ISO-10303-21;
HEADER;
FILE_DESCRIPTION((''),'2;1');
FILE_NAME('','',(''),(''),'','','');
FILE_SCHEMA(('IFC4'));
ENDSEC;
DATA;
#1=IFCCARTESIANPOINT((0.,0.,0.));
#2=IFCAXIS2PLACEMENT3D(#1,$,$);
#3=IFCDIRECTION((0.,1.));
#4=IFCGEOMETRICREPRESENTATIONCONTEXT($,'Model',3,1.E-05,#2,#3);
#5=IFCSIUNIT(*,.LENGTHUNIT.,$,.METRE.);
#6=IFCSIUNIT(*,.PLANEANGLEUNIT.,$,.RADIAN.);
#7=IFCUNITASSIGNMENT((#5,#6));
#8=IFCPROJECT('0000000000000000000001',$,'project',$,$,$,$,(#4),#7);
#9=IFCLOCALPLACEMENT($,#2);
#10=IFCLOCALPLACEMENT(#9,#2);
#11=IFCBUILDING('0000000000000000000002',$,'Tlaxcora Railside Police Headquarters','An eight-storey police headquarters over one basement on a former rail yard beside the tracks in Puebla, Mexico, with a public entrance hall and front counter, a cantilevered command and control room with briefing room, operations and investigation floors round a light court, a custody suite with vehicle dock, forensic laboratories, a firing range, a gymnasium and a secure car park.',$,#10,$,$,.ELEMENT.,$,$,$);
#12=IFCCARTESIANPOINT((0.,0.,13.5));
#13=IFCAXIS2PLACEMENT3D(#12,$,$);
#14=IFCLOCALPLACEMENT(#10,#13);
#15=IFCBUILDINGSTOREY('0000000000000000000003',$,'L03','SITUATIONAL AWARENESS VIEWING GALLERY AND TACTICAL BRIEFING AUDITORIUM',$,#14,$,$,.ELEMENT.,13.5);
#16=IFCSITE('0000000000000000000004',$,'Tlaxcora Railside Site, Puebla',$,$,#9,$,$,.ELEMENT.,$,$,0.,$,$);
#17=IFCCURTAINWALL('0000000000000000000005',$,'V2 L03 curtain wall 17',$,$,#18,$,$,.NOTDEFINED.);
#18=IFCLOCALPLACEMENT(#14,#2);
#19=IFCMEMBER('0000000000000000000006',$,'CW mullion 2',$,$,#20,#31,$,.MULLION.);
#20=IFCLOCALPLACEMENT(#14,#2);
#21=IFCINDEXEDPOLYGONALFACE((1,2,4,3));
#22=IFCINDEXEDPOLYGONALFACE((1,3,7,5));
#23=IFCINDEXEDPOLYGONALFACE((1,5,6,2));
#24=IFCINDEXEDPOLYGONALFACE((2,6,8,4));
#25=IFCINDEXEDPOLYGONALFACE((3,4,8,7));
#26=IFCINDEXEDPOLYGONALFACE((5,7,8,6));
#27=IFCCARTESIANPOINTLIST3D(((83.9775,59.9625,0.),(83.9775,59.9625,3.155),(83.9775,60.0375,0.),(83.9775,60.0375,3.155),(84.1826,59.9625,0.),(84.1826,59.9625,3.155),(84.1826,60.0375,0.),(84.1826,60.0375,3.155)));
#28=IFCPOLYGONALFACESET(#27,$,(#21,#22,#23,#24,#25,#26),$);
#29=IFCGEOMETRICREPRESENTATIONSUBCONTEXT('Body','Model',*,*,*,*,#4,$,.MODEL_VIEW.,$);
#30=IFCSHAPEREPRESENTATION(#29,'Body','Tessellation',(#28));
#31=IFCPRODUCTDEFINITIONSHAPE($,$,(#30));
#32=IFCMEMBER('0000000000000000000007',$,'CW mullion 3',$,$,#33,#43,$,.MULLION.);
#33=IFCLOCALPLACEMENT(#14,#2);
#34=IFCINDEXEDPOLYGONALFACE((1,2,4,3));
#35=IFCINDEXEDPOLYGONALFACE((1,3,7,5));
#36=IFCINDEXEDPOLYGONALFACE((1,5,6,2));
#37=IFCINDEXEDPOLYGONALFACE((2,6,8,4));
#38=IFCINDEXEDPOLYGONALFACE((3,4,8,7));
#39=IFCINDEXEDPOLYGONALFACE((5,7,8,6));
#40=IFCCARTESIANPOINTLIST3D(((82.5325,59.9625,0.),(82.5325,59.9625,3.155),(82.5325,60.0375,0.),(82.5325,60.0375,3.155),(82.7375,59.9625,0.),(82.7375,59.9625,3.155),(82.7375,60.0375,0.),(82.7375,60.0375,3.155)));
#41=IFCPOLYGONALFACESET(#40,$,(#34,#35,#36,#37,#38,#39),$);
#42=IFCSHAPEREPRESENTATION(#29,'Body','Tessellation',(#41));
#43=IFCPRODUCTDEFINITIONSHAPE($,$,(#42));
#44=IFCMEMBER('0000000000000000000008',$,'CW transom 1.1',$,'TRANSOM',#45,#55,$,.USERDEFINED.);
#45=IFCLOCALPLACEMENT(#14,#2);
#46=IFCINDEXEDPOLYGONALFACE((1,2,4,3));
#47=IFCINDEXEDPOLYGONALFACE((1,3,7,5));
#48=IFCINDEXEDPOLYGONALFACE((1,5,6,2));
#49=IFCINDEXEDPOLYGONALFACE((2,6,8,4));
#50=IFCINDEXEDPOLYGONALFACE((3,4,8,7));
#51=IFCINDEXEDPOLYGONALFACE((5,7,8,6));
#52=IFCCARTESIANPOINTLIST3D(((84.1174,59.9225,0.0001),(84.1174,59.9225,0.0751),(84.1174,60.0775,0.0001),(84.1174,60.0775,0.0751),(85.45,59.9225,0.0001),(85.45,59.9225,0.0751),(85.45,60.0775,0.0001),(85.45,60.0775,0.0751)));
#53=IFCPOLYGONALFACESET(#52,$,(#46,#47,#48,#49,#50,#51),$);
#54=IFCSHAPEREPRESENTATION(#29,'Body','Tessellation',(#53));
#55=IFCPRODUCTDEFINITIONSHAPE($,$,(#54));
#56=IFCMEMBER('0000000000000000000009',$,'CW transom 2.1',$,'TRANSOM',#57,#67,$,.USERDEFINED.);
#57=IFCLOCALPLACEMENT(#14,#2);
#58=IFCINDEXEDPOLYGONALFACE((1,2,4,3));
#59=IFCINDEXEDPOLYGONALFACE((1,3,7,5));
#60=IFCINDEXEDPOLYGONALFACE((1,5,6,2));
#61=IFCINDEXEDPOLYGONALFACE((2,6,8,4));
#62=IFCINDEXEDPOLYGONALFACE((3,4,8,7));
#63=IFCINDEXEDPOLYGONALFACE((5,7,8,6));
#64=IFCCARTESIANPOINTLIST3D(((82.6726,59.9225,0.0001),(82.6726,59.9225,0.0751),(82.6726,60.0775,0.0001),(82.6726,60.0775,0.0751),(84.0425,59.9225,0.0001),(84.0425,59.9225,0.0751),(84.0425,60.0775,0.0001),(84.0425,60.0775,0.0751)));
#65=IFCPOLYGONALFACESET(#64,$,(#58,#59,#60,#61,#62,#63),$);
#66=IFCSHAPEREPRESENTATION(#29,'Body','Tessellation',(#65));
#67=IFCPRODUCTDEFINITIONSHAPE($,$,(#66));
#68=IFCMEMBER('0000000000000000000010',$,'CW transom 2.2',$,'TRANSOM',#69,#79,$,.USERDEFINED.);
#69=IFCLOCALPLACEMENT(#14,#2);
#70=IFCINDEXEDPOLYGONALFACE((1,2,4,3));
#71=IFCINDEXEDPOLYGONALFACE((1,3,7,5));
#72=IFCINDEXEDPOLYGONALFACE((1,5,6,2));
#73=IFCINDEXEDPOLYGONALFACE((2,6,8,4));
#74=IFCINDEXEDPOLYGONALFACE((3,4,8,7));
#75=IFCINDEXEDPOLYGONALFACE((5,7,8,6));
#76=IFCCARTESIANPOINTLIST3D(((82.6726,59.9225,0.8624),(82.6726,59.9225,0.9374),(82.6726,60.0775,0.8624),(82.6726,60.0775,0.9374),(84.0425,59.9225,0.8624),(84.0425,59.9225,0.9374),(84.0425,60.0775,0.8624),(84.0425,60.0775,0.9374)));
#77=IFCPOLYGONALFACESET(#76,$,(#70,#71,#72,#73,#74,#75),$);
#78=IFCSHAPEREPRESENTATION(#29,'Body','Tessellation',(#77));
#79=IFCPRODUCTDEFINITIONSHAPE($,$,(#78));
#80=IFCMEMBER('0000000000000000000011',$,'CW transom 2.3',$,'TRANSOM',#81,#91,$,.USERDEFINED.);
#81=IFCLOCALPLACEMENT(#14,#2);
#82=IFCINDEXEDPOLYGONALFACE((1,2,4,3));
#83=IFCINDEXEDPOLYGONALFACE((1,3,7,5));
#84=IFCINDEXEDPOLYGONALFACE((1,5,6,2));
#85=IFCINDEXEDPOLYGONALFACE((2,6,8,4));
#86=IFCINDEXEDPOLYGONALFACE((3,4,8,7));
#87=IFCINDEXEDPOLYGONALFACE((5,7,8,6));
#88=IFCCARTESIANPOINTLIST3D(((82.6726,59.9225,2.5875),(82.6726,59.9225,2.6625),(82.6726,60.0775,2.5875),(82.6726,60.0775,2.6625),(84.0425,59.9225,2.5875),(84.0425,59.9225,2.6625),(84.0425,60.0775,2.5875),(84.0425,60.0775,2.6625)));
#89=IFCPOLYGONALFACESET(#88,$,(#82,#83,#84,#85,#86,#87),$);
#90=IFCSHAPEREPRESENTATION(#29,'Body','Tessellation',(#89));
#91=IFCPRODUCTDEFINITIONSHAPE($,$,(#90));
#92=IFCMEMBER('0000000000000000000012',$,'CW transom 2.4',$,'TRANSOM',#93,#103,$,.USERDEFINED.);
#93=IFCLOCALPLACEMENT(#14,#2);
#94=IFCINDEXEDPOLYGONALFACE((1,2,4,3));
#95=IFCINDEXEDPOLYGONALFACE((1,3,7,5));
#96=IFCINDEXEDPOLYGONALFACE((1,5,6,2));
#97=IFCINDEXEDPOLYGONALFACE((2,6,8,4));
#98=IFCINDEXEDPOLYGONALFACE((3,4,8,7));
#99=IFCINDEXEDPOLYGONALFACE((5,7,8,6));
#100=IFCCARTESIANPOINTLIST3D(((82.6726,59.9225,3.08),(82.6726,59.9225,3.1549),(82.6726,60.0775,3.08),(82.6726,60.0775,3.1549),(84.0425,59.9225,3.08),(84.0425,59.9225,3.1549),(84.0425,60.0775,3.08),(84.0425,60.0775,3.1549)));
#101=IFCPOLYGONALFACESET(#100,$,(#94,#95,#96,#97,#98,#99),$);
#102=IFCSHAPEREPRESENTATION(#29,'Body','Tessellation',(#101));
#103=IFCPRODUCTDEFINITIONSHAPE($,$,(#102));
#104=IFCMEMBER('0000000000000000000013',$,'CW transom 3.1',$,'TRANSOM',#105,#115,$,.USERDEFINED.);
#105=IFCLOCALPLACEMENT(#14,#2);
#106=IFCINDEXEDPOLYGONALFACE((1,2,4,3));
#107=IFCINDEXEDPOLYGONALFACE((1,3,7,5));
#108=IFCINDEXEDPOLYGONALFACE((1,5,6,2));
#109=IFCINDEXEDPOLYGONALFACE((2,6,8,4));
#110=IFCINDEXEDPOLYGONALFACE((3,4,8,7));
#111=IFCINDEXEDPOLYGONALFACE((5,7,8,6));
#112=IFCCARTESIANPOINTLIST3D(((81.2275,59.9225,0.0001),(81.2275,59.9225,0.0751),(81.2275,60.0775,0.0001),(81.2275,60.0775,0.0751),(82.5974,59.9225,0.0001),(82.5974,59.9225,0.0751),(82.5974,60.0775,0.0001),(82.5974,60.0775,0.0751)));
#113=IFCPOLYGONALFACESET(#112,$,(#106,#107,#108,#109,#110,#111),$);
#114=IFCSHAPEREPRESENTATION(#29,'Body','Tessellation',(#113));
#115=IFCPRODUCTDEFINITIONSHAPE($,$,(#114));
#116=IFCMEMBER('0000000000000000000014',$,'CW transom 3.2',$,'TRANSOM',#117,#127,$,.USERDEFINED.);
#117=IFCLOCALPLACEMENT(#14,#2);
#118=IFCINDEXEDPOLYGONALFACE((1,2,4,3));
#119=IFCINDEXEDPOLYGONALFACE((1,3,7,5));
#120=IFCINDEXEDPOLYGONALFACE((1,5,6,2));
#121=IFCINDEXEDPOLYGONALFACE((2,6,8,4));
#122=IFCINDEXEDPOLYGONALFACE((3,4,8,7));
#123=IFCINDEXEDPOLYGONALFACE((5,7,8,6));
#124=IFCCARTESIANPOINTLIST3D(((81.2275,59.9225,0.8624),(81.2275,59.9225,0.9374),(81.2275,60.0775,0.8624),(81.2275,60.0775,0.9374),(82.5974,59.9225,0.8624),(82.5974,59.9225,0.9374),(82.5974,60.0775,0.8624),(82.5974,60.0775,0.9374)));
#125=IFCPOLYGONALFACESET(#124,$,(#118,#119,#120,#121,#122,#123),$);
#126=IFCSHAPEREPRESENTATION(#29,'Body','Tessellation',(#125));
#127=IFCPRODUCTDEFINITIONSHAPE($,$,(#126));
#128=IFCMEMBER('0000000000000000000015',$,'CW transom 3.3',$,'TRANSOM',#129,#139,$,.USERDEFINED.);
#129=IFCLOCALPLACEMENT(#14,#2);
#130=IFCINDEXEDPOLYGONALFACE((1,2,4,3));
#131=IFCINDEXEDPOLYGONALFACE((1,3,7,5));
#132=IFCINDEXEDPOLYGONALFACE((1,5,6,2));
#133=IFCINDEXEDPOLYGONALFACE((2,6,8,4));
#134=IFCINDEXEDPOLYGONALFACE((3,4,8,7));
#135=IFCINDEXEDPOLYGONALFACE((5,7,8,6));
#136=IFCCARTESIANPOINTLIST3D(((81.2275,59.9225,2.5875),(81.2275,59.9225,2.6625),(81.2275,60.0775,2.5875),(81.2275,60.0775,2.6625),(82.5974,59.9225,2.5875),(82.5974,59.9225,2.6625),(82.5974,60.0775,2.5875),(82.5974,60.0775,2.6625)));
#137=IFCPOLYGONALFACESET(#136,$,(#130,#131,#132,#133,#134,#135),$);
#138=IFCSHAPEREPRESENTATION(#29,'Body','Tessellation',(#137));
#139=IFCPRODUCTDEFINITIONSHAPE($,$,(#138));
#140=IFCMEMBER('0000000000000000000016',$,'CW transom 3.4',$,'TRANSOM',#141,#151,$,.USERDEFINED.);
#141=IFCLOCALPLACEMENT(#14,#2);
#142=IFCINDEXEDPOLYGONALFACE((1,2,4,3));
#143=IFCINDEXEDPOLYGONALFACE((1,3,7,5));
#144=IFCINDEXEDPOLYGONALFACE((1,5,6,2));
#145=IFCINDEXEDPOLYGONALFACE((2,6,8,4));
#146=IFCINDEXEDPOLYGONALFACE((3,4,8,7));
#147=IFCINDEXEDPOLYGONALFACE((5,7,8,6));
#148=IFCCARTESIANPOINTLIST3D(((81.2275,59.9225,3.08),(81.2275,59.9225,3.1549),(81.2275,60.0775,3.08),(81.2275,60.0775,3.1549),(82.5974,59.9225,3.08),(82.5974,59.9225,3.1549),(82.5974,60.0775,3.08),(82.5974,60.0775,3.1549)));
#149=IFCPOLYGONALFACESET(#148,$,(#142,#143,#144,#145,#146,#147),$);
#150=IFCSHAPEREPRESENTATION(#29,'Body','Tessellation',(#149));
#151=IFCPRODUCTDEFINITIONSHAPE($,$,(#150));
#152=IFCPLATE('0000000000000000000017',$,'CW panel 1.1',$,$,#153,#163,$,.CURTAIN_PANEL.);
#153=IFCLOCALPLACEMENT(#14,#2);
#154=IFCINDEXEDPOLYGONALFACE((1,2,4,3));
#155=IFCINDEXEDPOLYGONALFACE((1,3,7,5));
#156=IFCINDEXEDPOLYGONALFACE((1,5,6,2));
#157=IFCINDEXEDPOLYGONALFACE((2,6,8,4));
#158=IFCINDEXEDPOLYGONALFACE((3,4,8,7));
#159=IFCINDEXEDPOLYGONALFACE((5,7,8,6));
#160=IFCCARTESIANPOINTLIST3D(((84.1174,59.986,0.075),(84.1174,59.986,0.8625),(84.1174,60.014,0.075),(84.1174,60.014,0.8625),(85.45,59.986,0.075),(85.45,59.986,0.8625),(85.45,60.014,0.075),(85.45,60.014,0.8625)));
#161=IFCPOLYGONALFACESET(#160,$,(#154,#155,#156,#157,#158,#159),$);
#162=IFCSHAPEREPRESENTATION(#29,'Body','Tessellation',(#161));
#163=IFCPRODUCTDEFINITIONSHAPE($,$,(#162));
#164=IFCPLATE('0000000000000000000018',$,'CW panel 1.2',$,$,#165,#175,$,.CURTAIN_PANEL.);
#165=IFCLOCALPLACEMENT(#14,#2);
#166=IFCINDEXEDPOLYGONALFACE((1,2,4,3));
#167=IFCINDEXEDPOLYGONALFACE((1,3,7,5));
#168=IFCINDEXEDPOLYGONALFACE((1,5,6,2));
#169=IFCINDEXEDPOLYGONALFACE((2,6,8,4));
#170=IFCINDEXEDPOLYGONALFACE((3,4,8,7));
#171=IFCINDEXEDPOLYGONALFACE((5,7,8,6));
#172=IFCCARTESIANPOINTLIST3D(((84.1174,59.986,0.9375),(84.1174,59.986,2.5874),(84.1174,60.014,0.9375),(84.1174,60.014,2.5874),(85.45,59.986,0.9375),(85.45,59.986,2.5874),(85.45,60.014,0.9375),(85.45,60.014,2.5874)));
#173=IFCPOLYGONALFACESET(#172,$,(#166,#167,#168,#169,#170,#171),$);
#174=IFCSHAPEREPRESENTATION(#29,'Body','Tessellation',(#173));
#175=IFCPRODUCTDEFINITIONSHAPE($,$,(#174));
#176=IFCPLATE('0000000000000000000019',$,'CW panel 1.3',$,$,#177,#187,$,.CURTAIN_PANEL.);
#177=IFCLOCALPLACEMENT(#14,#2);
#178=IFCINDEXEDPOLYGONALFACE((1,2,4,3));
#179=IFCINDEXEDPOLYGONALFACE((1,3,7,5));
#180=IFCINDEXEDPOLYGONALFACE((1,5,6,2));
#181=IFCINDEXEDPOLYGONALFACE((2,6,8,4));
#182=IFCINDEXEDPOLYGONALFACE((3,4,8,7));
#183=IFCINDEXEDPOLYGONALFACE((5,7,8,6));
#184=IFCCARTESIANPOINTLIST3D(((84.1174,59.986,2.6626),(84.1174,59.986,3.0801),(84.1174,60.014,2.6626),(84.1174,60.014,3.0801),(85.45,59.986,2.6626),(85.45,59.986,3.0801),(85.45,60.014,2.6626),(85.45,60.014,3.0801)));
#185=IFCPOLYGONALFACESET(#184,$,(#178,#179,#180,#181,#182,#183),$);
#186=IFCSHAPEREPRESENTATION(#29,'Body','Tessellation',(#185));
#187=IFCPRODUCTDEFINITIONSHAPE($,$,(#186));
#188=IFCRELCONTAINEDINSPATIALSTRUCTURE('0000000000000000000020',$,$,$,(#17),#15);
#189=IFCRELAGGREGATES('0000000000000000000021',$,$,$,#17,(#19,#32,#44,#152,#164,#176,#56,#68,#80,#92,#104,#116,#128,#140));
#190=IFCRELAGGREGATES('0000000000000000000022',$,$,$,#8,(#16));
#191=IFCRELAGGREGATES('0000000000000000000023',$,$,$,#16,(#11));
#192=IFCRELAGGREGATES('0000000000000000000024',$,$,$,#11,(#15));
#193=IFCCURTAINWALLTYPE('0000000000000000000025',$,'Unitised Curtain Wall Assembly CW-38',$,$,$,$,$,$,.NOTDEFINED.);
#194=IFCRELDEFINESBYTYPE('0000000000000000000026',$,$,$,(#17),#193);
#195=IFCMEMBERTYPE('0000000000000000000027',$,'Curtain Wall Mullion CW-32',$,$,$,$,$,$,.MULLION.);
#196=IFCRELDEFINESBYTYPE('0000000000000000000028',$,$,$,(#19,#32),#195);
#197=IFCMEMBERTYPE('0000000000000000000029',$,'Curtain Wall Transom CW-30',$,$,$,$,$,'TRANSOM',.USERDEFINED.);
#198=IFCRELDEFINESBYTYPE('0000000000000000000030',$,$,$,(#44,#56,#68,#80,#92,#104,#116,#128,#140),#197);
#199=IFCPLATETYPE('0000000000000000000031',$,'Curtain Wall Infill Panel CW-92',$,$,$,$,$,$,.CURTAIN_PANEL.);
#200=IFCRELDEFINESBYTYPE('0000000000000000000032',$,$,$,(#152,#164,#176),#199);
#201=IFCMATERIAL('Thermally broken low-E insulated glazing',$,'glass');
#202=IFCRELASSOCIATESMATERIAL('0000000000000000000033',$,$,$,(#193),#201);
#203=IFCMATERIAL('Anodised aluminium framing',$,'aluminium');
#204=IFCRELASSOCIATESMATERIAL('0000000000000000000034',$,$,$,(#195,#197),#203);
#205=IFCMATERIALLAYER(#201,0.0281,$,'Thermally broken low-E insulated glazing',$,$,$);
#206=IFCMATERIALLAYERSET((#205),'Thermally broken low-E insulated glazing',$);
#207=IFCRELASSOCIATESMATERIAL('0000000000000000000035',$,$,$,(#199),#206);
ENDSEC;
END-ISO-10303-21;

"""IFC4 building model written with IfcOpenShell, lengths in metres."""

from ifc_helpers import new_model, si_unit, direction, frame, origin, origin_2d, place, context, subcontext, project, spatial, rectangle, extrude, material, layer, layer_set, material_profile, profile_set, type_object, element, aggregate, save


model = new_model("IFC4")

# Units and contexts
model_context = context("Model", 3, precision=1e-05, world=origin(), true_north=direction((0.0, 1.0)))
body_context = subcontext(model_context, "Body", "Model", "MODEL_VIEW")
ifc_project = project(units=[si_unit("LENGTHUNIT", "METRE"), si_unit("PLANEANGLEUNIT", "RADIAN")], contexts=[model_context])

# Site, building, storey
site_placement = place(None, origin())
site = spatial("IfcSite", under=ifc_project, at=site_placement, Name="Tlaxcora Railside Site, Puebla", CompositionType="ELEMENT", RefElevation=0.0)
building_placement = place(site_placement, origin())
building = spatial("IfcBuilding", under=site, at=building_placement, Name="Tlaxcora Railside Police Headquarters", Description="An eight-storey police headquarters over one basement on a former rail yard beside the tracks in Puebla, Mexico, with a public entrance hall and front counter, a cantilevered command and control room with briefing room, operations and investigation floors round a light court, a custody suite with vehicle dock, forensic laboratories, a firing range, a gymnasium and a secure car park.", CompositionType="ELEMENT")
storey_placement = place(building_placement, frame((0.0, 0.0, 13.5)))
storey = spatial("IfcBuildingStorey", under=building, at=storey_placement, Name="L03", Description="SITUATIONAL AWARENESS VIEWING GALLERY AND TACTICAL BRIEFING AUDITORIUM", CompositionType="ELEMENT", Elevation=13.5)

# Curtain wall, members, plates
ifc_material_1 = material(Name="Thermally broken low-E insulated glazing", Category="glass")
curtain_wall_type = type_object("IfcCurtainWallType", Name="Unitised Curtain Wall Assembly CW-38", PredefinedType="NOTDEFINED", material=ifc_material_1)
curtain_wall_placement = place(storey_placement, origin())
curtain_wall = element("IfcCurtainWall", 1, at=curtain_wall_placement, inside=storey, type_object=curtain_wall_type, Name="V2 L03 curtain wall 17", PredefinedType="NOTDEFINED")
ifc_material_2 = material(Name="Anodised aluminium framing", Category="aluminium")
ifc_material_profile_1 = material_profile(ifc_material_2, rectangle(XDim=0.075, YDim=0.2051, at=origin_2d()), Name="AL75X205")
ifc_profile_set_1 = profile_set([ifc_material_profile_1], Name="Anodised aluminium framing")
member_type_1 = type_object("IfcMemberType", Name="Curtain Wall Mullion CW-32", PredefinedType="MULLION", material=ifc_profile_set_1)
member_1_placement = place(storey_placement, frame((84.0801, 60.0, 0.0), z_axis=(0.0, 0.0, 1.0), x_axis=(0.0, -1.0, 0.0)))
member_1 = element("IfcMember", 2, at=member_1_placement, type_object=member_type_1, Name="CW mullion 2", PredefinedType="MULLION", context=body_context, shape_type="SweptSolid", body=[
    extrude(rectangle(XDim=0.075, YDim=0.2051, at=origin_2d()), origin(), (0.0, 0.0, 1.0), 3.155),
])
member_2_placement = place(storey_placement, frame((82.635, 60.0, 0.0), z_axis=(0.0, 0.0, 1.0), x_axis=(0.0, -1.0, 0.0)))
member_2 = element("IfcMember", 3, at=member_2_placement, type_object=member_type_1, Name="CW mullion 3", PredefinedType="MULLION", context=body_context, shape_type="SweptSolid", body=[
    extrude(rectangle(XDim=0.075, YDim=0.2051, at=origin_2d()), origin(), (0.0, 0.0, 1.0), 3.155),
])
ifc_material_profile_2 = material_profile(ifc_material_2, rectangle(XDim=0.155, YDim=0.075, at=origin_2d()), Name="AL75X155")
ifc_profile_set_2 = profile_set([ifc_material_profile_2], Name="Anodised aluminium framing")
member_type_2 = type_object("IfcMemberType", Name="Curtain Wall Transom CW-30", ElementType="TRANSOM", PredefinedType="USERDEFINED", material=ifc_profile_set_2)
member_3_placement = place(storey_placement, frame((85.45, 60.0, 0.0376), z_axis=(-1.0, 0.0, 0.0), x_axis=(0.0, -1.0, 0.0)))
member_3 = element("IfcMember", 4, at=member_3_placement, type_object=member_type_2, Name="CW transom 1.1", ObjectType="TRANSOM", PredefinedType="USERDEFINED", context=body_context, shape_type="SweptSolid", body=[
    extrude(rectangle(XDim=0.155, YDim=0.075, at=origin_2d()), origin(), (0.0, 0.0, 1.0), 1.3325),
])
member_4_placement = place(storey_placement, frame((84.0425, 60.0, 0.0376), z_axis=(-1.0, 0.0, 0.0), x_axis=(0.0, -1.0, 0.0)))
member_4 = element("IfcMember", 5, at=member_4_placement, type_object=member_type_2, Name="CW transom 2.1", ObjectType="TRANSOM", PredefinedType="USERDEFINED", context=body_context, shape_type="SweptSolid", body=[
    extrude(rectangle(XDim=0.155, YDim=0.075, at=origin_2d()), origin(), (0.0, 0.0, 1.0), 1.3699),
])
member_5_placement = place(storey_placement, frame((84.0425, 60.0, 0.8999), z_axis=(-1.0, 0.0, 0.0), x_axis=(0.0, -1.0, 0.0)))
member_5 = element("IfcMember", 6, at=member_5_placement, type_object=member_type_2, Name="CW transom 2.2", ObjectType="TRANSOM", PredefinedType="USERDEFINED", context=body_context, shape_type="SweptSolid", body=[
    extrude(rectangle(XDim=0.155, YDim=0.075, at=origin_2d()), origin(), (0.0, 0.0, 1.0), 1.3699),
])
member_6_placement = place(storey_placement, frame((84.0425, 60.0, 2.625), z_axis=(-1.0, 0.0, 0.0), x_axis=(0.0, -1.0, 0.0)))
member_6 = element("IfcMember", 7, at=member_6_placement, type_object=member_type_2, Name="CW transom 2.3", ObjectType="TRANSOM", PredefinedType="USERDEFINED", context=body_context, shape_type="SweptSolid", body=[
    extrude(rectangle(XDim=0.155, YDim=0.075, at=origin_2d()), origin(), (0.0, 0.0, 1.0), 1.3699),
])
member_7_placement = place(storey_placement, frame((84.0425, 60.0, 3.1174), z_axis=(-1.0, 0.0, 0.0), x_axis=(0.0, -1.0, 0.0)))
member_7 = element("IfcMember", 8, at=member_7_placement, type_object=member_type_2, Name="CW transom 2.4", ObjectType="TRANSOM", PredefinedType="USERDEFINED", context=body_context, shape_type="SweptSolid", body=[
    extrude(rectangle(XDim=0.155, YDim=0.075, at=origin_2d()), origin(), (0.0, 0.0, 1.0), 1.3699),
])
member_8_placement = place(storey_placement, frame((82.5974, 60.0, 0.0376), z_axis=(-1.0, 0.0, 0.0), x_axis=(0.0, -1.0, 0.0)))
member_8 = element("IfcMember", 9, at=member_8_placement, type_object=member_type_2, Name="CW transom 3.1", ObjectType="TRANSOM", PredefinedType="USERDEFINED", context=body_context, shape_type="SweptSolid", body=[
    extrude(rectangle(XDim=0.155, YDim=0.075, at=origin_2d()), origin(), (0.0, 0.0, 1.0), 1.3699),
])
member_9_placement = place(storey_placement, frame((82.5974, 60.0, 0.8999), z_axis=(-1.0, 0.0, 0.0), x_axis=(0.0, -1.0, 0.0)))
member_9 = element("IfcMember", 10, at=member_9_placement, type_object=member_type_2, Name="CW transom 3.2", ObjectType="TRANSOM", PredefinedType="USERDEFINED", context=body_context, shape_type="SweptSolid", body=[
    extrude(rectangle(XDim=0.155, YDim=0.075, at=origin_2d()), origin(), (0.0, 0.0, 1.0), 1.3699),
])
member_10_placement = place(storey_placement, frame((82.5974, 60.0, 2.625), z_axis=(-1.0, 0.0, 0.0), x_axis=(0.0, -1.0, 0.0)))
member_10 = element("IfcMember", 11, at=member_10_placement, type_object=member_type_2, Name="CW transom 3.3", ObjectType="TRANSOM", PredefinedType="USERDEFINED", context=body_context, shape_type="SweptSolid", body=[
    extrude(rectangle(XDim=0.155, YDim=0.075, at=origin_2d()), origin(), (0.0, 0.0, 1.0), 1.3699),
])
member_11_placement = place(storey_placement, frame((82.5974, 60.0, 3.1174), z_axis=(-1.0, 0.0, 0.0), x_axis=(0.0, -1.0, 0.0)))
member_11 = element("IfcMember", 12, at=member_11_placement, type_object=member_type_2, Name="CW transom 3.4", ObjectType="TRANSOM", PredefinedType="USERDEFINED", context=body_context, shape_type="SweptSolid", body=[
    extrude(rectangle(XDim=0.155, YDim=0.075, at=origin_2d()), origin(), (0.0, 0.0, 1.0), 1.3699),
])
ifc_layer_1 = layer(ifc_material_1, 0.0281, Name="Thermally broken low-E insulated glazing")
ifc_layer_set_1 = layer_set([ifc_layer_1], Name="Thermally broken low-E insulated glazing")
plate_type = type_object("IfcPlateType", Name="Curtain Wall Infill Panel CW-92", PredefinedType="CURTAIN_PANEL", material=ifc_layer_set_1)
plate_1_placement = place(storey_placement, frame((84.7837, 60.0, 0.075), z_axis=(0.0, 0.0, 1.0), x_axis=(-1.0, 0.0, 0.0)))
plate_1 = element("IfcPlate", 13, at=plate_1_placement, type_object=plate_type, Name="CW panel 1.1", PredefinedType="CURTAIN_PANEL", context=body_context, shape_type="SweptSolid", body=[
    extrude(rectangle(XDim=1.3325, YDim=0.0281, at=origin_2d()), origin(), (0.0, 0.0, 1.0), 0.7876),
])
plate_2_placement = place(storey_placement, frame((84.7837, 60.0, 0.9375), z_axis=(0.0, 0.0, 1.0), x_axis=(-1.0, 0.0, 0.0)))
plate_2 = element("IfcPlate", 14, at=plate_2_placement, type_object=plate_type, Name="CW panel 1.2", PredefinedType="CURTAIN_PANEL", context=body_context, shape_type="SweptSolid", body=[
    extrude(rectangle(XDim=1.3325, YDim=0.0281, at=origin_2d()), origin(), (0.0, 0.0, 1.0), 1.6499),
])
plate_3_placement = place(storey_placement, frame((84.7837, 60.0, 2.6626), z_axis=(0.0, 0.0, 1.0), x_axis=(-1.0, 0.0, 0.0)))
plate_3 = element("IfcPlate", 15, at=plate_3_placement, type_object=plate_type, Name="CW panel 1.3", PredefinedType="CURTAIN_PANEL", context=body_context, shape_type="SweptSolid", body=[
    extrude(rectangle(XDim=1.3325, YDim=0.0281, at=origin_2d()), origin(), (0.0, 0.0, 1.0), 0.4175),
])
aggregate(curtain_wall, [member_1, member_2, member_3, plate_1, plate_2, plate_3, member_4, member_5, member_6, member_7, member_8, member_9, member_10, member_11])

save(model, "model.ifc")
